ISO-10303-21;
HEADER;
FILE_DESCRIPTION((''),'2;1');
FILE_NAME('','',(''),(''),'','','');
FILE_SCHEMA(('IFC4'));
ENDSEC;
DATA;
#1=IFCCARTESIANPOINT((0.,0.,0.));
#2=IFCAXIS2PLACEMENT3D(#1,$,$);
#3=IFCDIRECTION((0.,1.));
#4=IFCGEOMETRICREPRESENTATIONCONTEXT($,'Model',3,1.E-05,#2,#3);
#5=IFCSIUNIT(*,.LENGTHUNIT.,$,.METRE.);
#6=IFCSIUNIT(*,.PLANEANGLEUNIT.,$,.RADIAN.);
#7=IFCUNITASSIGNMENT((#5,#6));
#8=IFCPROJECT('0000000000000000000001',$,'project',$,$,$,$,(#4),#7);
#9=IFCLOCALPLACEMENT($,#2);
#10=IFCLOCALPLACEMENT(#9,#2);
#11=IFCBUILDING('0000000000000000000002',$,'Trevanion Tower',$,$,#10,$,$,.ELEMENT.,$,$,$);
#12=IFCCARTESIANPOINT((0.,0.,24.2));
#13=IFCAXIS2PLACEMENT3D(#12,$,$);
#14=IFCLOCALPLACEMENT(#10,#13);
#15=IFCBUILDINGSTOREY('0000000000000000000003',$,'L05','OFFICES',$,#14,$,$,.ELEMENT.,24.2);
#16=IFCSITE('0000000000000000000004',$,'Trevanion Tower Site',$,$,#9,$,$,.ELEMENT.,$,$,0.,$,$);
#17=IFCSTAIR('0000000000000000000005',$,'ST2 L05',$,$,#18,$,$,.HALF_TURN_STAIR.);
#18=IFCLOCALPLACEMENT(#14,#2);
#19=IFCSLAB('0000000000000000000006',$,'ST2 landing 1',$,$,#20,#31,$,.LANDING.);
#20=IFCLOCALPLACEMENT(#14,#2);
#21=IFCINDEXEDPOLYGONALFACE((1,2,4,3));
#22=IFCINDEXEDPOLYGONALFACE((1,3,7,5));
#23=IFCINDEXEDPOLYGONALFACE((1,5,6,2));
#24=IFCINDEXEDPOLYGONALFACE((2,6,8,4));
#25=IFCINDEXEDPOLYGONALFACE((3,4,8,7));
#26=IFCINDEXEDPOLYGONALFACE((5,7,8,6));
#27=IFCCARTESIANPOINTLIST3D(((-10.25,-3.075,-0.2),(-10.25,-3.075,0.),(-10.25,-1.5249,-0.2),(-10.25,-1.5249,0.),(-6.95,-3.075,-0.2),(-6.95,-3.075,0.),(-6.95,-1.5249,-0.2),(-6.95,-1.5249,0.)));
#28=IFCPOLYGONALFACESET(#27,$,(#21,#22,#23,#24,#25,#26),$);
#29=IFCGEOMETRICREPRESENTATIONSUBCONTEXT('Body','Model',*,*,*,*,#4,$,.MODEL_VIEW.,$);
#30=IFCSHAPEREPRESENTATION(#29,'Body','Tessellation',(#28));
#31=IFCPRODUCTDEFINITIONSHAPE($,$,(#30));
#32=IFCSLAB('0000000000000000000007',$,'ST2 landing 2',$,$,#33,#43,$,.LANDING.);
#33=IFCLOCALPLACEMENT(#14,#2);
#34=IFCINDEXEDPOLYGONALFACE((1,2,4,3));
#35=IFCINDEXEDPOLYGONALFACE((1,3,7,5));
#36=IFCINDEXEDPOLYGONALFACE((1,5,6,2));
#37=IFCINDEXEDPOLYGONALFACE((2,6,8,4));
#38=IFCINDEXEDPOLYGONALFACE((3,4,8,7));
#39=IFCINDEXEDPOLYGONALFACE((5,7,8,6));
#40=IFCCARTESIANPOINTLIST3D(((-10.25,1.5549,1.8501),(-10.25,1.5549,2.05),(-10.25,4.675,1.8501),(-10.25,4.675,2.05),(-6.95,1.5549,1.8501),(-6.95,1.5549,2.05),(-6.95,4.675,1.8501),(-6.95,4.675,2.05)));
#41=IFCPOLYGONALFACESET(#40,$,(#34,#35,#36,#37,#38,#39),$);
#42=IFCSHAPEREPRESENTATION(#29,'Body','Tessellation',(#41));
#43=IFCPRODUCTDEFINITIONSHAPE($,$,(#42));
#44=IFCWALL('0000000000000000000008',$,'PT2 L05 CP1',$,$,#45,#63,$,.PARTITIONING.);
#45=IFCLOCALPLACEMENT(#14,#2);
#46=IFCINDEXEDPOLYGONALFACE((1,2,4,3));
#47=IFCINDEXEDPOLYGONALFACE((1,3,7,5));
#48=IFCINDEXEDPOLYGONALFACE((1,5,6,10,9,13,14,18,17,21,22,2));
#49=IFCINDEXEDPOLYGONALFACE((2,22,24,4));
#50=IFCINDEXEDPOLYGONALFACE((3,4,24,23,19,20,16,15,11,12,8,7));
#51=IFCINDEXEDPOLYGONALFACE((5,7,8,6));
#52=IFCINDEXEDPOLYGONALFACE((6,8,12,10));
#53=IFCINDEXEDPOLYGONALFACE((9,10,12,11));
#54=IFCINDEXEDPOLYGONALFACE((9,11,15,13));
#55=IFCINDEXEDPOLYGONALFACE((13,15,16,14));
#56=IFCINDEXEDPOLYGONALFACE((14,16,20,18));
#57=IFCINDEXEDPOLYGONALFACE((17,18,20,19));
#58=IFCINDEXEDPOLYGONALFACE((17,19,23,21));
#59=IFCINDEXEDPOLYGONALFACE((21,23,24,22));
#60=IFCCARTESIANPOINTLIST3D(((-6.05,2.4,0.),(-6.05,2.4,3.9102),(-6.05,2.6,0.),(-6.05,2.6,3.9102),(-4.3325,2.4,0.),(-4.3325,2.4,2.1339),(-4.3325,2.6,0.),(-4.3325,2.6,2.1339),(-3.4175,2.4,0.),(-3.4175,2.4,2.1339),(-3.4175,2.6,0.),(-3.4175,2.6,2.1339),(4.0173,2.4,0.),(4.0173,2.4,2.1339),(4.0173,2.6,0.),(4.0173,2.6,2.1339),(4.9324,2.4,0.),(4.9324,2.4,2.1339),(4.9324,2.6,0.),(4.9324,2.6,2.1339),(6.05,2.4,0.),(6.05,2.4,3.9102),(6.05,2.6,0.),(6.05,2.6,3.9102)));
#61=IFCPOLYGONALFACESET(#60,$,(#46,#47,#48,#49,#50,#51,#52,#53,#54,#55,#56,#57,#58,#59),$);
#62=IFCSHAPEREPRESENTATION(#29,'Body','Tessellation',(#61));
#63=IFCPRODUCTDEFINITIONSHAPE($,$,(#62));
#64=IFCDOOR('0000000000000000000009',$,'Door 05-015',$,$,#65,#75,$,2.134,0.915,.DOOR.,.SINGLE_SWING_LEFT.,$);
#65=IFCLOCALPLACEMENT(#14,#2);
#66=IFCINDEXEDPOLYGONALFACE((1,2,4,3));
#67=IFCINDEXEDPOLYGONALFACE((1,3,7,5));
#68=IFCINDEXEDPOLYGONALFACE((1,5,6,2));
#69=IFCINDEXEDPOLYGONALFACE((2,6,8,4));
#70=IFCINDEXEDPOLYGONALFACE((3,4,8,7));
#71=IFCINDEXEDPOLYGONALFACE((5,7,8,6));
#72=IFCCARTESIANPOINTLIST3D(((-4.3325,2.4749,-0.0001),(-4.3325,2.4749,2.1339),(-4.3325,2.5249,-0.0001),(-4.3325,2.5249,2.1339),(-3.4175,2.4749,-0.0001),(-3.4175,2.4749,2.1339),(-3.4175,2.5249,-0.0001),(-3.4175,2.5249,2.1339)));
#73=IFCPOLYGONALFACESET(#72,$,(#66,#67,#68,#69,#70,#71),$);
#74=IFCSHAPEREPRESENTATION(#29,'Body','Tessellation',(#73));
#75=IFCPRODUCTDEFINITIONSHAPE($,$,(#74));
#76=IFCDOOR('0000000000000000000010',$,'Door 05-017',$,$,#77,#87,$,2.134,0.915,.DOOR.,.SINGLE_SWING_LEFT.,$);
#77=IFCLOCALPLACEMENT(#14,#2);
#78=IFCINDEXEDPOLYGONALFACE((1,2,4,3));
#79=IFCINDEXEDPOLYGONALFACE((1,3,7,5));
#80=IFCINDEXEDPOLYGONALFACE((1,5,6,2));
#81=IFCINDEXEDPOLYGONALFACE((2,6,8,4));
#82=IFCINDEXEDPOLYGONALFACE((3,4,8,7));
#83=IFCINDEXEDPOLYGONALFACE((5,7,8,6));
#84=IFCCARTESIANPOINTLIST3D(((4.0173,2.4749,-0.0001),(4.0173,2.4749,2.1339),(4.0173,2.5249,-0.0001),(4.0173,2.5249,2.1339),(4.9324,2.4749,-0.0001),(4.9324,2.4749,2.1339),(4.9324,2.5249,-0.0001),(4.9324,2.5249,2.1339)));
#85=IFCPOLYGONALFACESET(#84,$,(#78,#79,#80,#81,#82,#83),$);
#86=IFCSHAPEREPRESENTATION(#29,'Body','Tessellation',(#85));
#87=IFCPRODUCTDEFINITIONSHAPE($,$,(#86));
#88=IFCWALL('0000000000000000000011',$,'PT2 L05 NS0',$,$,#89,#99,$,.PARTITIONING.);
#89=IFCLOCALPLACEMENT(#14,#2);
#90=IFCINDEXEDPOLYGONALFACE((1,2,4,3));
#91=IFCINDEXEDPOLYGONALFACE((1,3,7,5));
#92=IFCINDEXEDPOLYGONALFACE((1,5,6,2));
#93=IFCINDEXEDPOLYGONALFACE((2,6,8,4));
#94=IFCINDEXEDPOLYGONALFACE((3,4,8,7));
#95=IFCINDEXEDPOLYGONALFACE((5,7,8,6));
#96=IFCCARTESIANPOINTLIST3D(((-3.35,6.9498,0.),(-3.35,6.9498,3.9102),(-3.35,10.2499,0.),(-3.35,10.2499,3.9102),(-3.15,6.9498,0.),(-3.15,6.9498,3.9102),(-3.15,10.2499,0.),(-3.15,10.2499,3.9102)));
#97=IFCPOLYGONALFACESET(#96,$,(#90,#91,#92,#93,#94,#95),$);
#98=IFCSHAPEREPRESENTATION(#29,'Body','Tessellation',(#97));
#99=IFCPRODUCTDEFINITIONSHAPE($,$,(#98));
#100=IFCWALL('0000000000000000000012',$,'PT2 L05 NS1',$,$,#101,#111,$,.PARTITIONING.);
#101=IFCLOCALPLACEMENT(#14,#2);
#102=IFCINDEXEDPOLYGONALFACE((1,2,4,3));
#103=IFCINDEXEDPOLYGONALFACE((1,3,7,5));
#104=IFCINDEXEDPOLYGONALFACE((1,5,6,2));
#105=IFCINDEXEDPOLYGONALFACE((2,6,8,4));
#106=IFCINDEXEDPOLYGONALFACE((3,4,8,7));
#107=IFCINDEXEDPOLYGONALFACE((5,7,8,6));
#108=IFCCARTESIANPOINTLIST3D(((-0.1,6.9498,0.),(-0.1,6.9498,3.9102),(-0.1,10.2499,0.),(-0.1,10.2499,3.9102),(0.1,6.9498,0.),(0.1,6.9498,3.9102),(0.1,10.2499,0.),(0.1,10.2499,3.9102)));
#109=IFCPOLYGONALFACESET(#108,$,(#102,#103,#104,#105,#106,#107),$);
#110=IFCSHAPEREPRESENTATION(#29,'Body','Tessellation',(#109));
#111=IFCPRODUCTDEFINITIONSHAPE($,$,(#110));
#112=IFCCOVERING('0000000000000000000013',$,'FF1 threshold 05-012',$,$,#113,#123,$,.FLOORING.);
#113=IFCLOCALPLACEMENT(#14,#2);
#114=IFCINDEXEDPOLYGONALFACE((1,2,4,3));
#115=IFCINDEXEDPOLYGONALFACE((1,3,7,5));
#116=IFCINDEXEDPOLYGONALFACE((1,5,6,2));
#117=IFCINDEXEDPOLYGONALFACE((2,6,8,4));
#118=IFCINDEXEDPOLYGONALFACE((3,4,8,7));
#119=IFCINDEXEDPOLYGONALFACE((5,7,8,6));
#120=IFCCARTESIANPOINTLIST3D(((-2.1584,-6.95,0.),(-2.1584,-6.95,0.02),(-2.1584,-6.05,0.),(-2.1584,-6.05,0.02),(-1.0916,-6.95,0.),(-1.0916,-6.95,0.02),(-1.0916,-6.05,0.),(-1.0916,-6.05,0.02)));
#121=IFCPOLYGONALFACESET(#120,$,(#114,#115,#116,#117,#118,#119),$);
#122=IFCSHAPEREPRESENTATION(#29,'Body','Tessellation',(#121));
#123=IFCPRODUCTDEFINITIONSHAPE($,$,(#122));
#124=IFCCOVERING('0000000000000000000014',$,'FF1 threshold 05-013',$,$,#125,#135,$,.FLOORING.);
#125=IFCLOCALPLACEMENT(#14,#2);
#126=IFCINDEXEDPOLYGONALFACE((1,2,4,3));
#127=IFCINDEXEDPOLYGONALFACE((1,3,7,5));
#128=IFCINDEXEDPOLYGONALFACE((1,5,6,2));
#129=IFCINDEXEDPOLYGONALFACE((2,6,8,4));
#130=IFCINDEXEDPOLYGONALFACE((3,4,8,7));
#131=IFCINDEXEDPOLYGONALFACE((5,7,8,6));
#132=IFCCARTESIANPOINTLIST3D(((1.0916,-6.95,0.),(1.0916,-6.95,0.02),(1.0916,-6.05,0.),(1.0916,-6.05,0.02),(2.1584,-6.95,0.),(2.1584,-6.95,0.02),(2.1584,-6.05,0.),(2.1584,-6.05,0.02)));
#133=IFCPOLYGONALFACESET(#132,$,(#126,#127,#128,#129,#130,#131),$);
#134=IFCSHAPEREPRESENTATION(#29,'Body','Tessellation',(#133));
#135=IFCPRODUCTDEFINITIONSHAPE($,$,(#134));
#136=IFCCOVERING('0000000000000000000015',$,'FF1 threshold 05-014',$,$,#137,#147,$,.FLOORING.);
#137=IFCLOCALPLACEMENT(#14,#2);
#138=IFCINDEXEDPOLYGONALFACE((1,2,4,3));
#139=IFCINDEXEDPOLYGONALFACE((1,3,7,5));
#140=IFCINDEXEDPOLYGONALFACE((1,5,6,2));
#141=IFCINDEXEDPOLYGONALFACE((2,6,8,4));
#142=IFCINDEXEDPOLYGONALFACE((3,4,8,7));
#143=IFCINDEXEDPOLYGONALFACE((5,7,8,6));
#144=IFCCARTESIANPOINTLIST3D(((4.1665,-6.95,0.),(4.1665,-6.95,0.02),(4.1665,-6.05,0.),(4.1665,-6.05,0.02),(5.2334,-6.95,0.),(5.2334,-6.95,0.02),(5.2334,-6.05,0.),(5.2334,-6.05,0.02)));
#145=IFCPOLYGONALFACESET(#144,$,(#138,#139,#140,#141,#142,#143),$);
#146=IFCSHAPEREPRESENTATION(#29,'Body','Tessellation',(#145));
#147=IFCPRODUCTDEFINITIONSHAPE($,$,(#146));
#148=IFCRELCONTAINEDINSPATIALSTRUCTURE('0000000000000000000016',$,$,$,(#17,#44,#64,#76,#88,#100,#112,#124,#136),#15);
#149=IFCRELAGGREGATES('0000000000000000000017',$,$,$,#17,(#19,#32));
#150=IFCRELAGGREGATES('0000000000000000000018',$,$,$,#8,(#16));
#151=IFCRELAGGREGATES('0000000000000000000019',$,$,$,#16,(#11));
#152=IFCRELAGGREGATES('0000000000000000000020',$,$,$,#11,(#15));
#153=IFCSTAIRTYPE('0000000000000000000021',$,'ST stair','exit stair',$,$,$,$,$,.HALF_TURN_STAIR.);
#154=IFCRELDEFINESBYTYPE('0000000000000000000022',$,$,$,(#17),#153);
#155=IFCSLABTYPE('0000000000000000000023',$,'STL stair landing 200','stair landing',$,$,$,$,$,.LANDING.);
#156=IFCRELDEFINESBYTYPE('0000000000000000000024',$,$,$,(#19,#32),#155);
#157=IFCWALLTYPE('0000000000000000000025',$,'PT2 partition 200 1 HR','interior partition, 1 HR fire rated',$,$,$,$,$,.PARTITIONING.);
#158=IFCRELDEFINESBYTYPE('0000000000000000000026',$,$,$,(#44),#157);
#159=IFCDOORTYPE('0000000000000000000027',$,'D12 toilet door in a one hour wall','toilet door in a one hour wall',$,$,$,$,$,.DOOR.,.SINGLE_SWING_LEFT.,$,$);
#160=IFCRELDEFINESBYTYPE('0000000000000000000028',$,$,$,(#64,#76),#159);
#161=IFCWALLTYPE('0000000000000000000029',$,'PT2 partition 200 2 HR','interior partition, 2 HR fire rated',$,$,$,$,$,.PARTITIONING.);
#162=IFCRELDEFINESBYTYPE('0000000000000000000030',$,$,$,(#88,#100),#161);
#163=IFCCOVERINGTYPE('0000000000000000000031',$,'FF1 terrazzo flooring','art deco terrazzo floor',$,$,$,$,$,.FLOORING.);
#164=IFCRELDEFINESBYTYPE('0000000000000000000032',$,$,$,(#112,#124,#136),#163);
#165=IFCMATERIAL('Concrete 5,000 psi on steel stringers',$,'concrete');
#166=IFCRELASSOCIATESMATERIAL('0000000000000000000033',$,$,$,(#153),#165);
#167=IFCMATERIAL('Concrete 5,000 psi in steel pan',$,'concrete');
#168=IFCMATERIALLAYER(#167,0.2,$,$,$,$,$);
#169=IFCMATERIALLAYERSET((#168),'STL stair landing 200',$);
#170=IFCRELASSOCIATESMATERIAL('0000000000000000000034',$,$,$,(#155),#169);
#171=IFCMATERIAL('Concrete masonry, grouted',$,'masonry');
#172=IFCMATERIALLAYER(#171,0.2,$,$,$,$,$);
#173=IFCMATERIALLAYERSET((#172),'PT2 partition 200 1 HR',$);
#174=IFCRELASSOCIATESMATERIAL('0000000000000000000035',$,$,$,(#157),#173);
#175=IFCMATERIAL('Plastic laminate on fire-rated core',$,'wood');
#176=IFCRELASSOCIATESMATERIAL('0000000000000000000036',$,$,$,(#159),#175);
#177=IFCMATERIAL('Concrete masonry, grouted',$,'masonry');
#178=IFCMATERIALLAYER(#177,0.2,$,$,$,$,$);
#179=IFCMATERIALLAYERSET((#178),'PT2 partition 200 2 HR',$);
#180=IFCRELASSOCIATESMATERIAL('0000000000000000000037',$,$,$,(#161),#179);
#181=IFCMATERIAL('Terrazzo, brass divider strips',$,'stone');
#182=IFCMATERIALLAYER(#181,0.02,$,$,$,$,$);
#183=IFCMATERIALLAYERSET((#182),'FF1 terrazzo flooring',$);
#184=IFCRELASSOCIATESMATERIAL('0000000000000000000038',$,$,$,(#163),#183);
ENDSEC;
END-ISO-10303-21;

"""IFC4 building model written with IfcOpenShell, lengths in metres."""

from ifc_helpers import new_model, si_unit, direction, frame, frame_2d, origin, place, context, subcontext, project, spatial, polyline, rectangle, outline, extrude, material, layer, layer_set, type_object, element, fill, aggregate, save


model = new_model("IFC4")

# Units and contexts
model_context = context("Model", 3, precision=1e-05, world=origin(), true_north=direction((0.0, 1.0)))
body_context = subcontext(model_context, "Body", "Model", "MODEL_VIEW")
ifc_project = project(units=[si_unit("LENGTHUNIT", "METRE"), si_unit("PLANEANGLEUNIT", "RADIAN")], contexts=[model_context])

# Site, building, storey
site_placement = place(None, origin())
site = spatial("IfcSite", under=ifc_project, at=site_placement, Name="Trevanion Tower Site", CompositionType="ELEMENT", RefElevation=0.0)
building_placement = place(site_placement, origin())
building = spatial("IfcBuilding", under=site, at=building_placement, Name="Trevanion Tower", CompositionType="ELEMENT")
storey_placement = place(building_placement, frame((0.0, 0.0, 24.2)))
storey = spatial("IfcBuildingStorey", under=building, at=storey_placement, Name="L05", Description="OFFICES", CompositionType="ELEMENT", Elevation=24.2)

# Stair, slabs
ifc_material_1 = material(Name="Concrete 5,000 psi on steel stringers", Category="concrete")
stair_type = type_object("IfcStairType", Name="ST stair", Description="exit stair", PredefinedType="HALF_TURN_STAIR", material=ifc_material_1)
ifc_material_2 = material(Name="Concrete 5,000 psi in steel pan", Category="concrete")
ifc_layer_1 = layer(ifc_material_2, 0.2)
ifc_layer_set_1 = layer_set([ifc_layer_1], Name="STL stair landing 200")
slab_type_1 = type_object("IfcSlabType", Name="STL stair landing 200", Description="stair landing", PredefinedType="LANDING", material=ifc_layer_set_1)
stair_1_placement = place(storey_placement, origin())
stair_1 = element("IfcStair", 1, at=stair_1_placement, inside=storey, type_object=stair_type, Name="ST2 L05", PredefinedType="HALF_TURN_STAIR")
slab_1_placement = place(storey_placement, frame((0.0, 0.0, -0.2)))
slab_1 = element("IfcSlab", 2, at=slab_1_placement, type_object=slab_type_1, Name="ST2 landing 1", PredefinedType="LANDING", context=body_context, shape_type="SweptSolid", body=[
    extrude(outline(polyline([(-6.95, -1.5249), (-10.25, -1.5249), (-10.25, -3.075), (-6.95, -3.075), (-6.95, -1.5249)])), origin(), (0.0, 0.0, 1.0), 0.2),
])
slab_2_placement = place(storey_placement, frame((0.0, 0.0, 1.8501)))
slab_2 = element("IfcSlab", 3, at=slab_2_placement, type_object=slab_type_1, Name="ST2 landing 2", PredefinedType="LANDING", context=body_context, shape_type="SweptSolid", body=[
    extrude(outline(polyline([(-6.95, 4.675), (-10.25, 4.675), (-10.25, 1.5549), (-6.95, 1.5549), (-6.95, 4.675)])), origin(), (0.0, 0.0, 1.0), 0.2),
])
aggregate(stair_1, [slab_1, slab_2])

# Wall, openings, doors
ifc_material_3 = material(Name="Concrete masonry, grouted", Category="masonry")
ifc_layer_2 = layer(ifc_material_3, 0.2)
ifc_layer_set_2 = layer_set([ifc_layer_2], Name="PT2 partition 200 1 HR")
wall_type_1 = type_object("IfcWallType", Name="PT2 partition 200 1 HR", Description="interior partition, 1 HR fire rated", PredefinedType="PARTITIONING", material=ifc_layer_set_2)
wall_placement = place(storey_placement, frame((-6.05, 2.5, 0.0), z_axis=(0.0, 0.0, 1.0), x_axis=(1.0, 0.0, 0.0)))
wall = element("IfcWall", 4, at=wall_placement, inside=storey, type_object=wall_type_1, Name="PT2 L05 CP1", PredefinedType="PARTITIONING", context=body_context, shape_type="SweptSolid", body=[
    extrude(rectangle(XDim=12.1001, YDim=0.2, at=frame_2d((6.05, 0.0))), origin(), (0.0, 0.0, 1.0), 3.9102),
])
opening_1_placement = place(wall_placement, frame((1.7175, 0.0, 0.0)))
opening_1 = element("IfcOpeningElement", 5, at=opening_1_placement, cuts=wall, PredefinedType="OPENING", context=body_context, shape_type="SweptSolid", body=[
    extrude(rectangle(XDim=0.915, YDim=2.134, at=frame_2d((0.4575, 1.0669))), frame((0.0, 0.1099, 0.0), z_axis=(0.0, -1.0, 0.0), x_axis=(1.0, 0.0, 0.0)), (0.0, 0.0, 1.0), 0.22),
])
opening_2_placement = place(wall_placement, frame((10.0674, 0.0, 0.0)))
opening_2 = element("IfcOpeningElement", 6, at=opening_2_placement, cuts=wall, PredefinedType="OPENING", context=body_context, shape_type="SweptSolid", body=[
    extrude(rectangle(XDim=0.915, YDim=2.134, at=frame_2d((0.4575, 1.0669))), frame((0.0, 0.1099, 0.0), z_axis=(0.0, -1.0, 0.0), x_axis=(1.0, 0.0, 0.0)), (0.0, 0.0, 1.0), 0.22),
])
ifc_material_4 = material(Name="Plastic laminate on fire-rated core", Category="wood")
door_type = type_object("IfcDoorType", Name="D12 toilet door in a one hour wall", Description="toilet door in a one hour wall", OperationType="SINGLE_SWING_LEFT", PredefinedType="DOOR", material=ifc_material_4)
door_1_placement = place(opening_1_placement, origin())
door_1 = element("IfcDoor", 7, at=door_1_placement, inside=storey, type_object=door_type, Name="Door 05-015", OperationType="SINGLE_SWING_LEFT", OverallHeight=2.134, OverallWidth=0.915, PredefinedType="DOOR", context=body_context, shape_type="SweptSolid", body=[
    extrude(rectangle(XDim=0.915, YDim=2.134, at=frame_2d((0.4575, 1.0669))), frame((0.0, 0.0249, 0.0), z_axis=(0.0, -1.0, 0.0), x_axis=(1.0, 0.0, 0.0)), (0.0, 0.0, 1.0), 0.05),
])
fill(opening_1, door_1)
door_2_placement = place(opening_2_placement, origin())
door_2 = element("IfcDoor", 8, at=door_2_placement, inside=storey, type_object=door_type, Name="Door 05-017", OperationType="SINGLE_SWING_LEFT", OverallHeight=2.134, OverallWidth=0.915, PredefinedType="DOOR", context=body_context, shape_type="SweptSolid", body=[
    extrude(rectangle(XDim=0.915, YDim=2.134, at=frame_2d((0.4575, 1.0669))), frame((0.0, 0.0249, 0.0), z_axis=(0.0, -1.0, 0.0), x_axis=(1.0, 0.0, 0.0)), (0.0, 0.0, 1.0), 0.05),
])
fill(opening_2, door_2)

# Walls
ifc_material_5 = material(Name="Concrete masonry, grouted", Category="masonry")
ifc_layer_3 = layer(ifc_material_5, 0.2)
ifc_layer_set_3 = layer_set([ifc_layer_3], Name="PT2 partition 200 2 HR")
wall_type_2 = type_object("IfcWallType", Name="PT2 partition 200 2 HR", Description="interior partition, 2 HR fire rated", PredefinedType="PARTITIONING", material=ifc_layer_set_3)
for number, where, z_axis, x_axis, name in (
    (9, (-3.25, 6.95, 0.0), (0.0, 0.0, 1.0), (0.0, 1.0, 0.0), "PT2 L05 NS0"),
    (10, (0.0, 6.95, 0.0), (0.0, 0.0, 1.0), (0.0, 1.0, 0.0), "PT2 L05 NS1"),
):
    element("IfcWall", number, at=place(storey_placement, frame(where, z_axis=z_axis, x_axis=x_axis)), inside=storey, type_object=wall_type_2, Name=name, PredefinedType="PARTITIONING", context=body_context, shape_type="SweptSolid", body=[
        extrude(rectangle(XDim=3.3, YDim=0.2, at=frame_2d((1.6499, 0.0))), origin(), (0.0, 0.0, 1.0), 3.9102),
    ])

# Coverings
ifc_material_6 = material(Name="Terrazzo, brass divider strips", Category="stone")
ifc_layer_4 = layer(ifc_material_6, 0.02)
ifc_layer_set_4 = layer_set([ifc_layer_4], Name="FF1 terrazzo flooring")
covering_type = type_object("IfcCoveringType", Name="FF1 terrazzo flooring", Description="art deco terrazzo floor", PredefinedType="FLOORING", material=ifc_layer_set_4)
covering_1_placement = place(storey_placement, origin())
element("IfcCovering", 11, at=covering_1_placement, inside=storey, type_object=covering_type, Name="FF1 threshold 05-012", PredefinedType="FLOORING", context=body_context, shape_type="SweptSolid", body=[
    extrude(outline(polyline([(-2.1584, -6.95), (-1.0916, -6.95), (-1.0916, -6.05), (-2.1584, -6.05), (-2.1584, -6.95)])), origin(), (0.0, 0.0, 1.0), 0.02),
])
covering_2_placement = place(storey_placement, origin())
element("IfcCovering", 12, at=covering_2_placement, inside=storey, type_object=covering_type, Name="FF1 threshold 05-013", PredefinedType="FLOORING", context=body_context, shape_type="SweptSolid", body=[
    extrude(outline(polyline([(1.0916, -6.95), (2.1584, -6.95), (2.1584, -6.05), (1.0916, -6.05), (1.0916, -6.95)])), origin(), (0.0, 0.0, 1.0), 0.02),
])
covering_3_placement = place(storey_placement, origin())
element("IfcCovering", 13, at=covering_3_placement, inside=storey, type_object=covering_type, Name="FF1 threshold 05-014", PredefinedType="FLOORING", context=body_context, shape_type="SweptSolid", body=[
    extrude(outline(polyline([(4.1665, -6.95), (5.2334, -6.95), (5.2334, -6.05), (4.1665, -6.05), (4.1665, -6.95)])), origin(), (0.0, 0.0, 1.0), 0.02),
])

save(model, "model.ifc")
